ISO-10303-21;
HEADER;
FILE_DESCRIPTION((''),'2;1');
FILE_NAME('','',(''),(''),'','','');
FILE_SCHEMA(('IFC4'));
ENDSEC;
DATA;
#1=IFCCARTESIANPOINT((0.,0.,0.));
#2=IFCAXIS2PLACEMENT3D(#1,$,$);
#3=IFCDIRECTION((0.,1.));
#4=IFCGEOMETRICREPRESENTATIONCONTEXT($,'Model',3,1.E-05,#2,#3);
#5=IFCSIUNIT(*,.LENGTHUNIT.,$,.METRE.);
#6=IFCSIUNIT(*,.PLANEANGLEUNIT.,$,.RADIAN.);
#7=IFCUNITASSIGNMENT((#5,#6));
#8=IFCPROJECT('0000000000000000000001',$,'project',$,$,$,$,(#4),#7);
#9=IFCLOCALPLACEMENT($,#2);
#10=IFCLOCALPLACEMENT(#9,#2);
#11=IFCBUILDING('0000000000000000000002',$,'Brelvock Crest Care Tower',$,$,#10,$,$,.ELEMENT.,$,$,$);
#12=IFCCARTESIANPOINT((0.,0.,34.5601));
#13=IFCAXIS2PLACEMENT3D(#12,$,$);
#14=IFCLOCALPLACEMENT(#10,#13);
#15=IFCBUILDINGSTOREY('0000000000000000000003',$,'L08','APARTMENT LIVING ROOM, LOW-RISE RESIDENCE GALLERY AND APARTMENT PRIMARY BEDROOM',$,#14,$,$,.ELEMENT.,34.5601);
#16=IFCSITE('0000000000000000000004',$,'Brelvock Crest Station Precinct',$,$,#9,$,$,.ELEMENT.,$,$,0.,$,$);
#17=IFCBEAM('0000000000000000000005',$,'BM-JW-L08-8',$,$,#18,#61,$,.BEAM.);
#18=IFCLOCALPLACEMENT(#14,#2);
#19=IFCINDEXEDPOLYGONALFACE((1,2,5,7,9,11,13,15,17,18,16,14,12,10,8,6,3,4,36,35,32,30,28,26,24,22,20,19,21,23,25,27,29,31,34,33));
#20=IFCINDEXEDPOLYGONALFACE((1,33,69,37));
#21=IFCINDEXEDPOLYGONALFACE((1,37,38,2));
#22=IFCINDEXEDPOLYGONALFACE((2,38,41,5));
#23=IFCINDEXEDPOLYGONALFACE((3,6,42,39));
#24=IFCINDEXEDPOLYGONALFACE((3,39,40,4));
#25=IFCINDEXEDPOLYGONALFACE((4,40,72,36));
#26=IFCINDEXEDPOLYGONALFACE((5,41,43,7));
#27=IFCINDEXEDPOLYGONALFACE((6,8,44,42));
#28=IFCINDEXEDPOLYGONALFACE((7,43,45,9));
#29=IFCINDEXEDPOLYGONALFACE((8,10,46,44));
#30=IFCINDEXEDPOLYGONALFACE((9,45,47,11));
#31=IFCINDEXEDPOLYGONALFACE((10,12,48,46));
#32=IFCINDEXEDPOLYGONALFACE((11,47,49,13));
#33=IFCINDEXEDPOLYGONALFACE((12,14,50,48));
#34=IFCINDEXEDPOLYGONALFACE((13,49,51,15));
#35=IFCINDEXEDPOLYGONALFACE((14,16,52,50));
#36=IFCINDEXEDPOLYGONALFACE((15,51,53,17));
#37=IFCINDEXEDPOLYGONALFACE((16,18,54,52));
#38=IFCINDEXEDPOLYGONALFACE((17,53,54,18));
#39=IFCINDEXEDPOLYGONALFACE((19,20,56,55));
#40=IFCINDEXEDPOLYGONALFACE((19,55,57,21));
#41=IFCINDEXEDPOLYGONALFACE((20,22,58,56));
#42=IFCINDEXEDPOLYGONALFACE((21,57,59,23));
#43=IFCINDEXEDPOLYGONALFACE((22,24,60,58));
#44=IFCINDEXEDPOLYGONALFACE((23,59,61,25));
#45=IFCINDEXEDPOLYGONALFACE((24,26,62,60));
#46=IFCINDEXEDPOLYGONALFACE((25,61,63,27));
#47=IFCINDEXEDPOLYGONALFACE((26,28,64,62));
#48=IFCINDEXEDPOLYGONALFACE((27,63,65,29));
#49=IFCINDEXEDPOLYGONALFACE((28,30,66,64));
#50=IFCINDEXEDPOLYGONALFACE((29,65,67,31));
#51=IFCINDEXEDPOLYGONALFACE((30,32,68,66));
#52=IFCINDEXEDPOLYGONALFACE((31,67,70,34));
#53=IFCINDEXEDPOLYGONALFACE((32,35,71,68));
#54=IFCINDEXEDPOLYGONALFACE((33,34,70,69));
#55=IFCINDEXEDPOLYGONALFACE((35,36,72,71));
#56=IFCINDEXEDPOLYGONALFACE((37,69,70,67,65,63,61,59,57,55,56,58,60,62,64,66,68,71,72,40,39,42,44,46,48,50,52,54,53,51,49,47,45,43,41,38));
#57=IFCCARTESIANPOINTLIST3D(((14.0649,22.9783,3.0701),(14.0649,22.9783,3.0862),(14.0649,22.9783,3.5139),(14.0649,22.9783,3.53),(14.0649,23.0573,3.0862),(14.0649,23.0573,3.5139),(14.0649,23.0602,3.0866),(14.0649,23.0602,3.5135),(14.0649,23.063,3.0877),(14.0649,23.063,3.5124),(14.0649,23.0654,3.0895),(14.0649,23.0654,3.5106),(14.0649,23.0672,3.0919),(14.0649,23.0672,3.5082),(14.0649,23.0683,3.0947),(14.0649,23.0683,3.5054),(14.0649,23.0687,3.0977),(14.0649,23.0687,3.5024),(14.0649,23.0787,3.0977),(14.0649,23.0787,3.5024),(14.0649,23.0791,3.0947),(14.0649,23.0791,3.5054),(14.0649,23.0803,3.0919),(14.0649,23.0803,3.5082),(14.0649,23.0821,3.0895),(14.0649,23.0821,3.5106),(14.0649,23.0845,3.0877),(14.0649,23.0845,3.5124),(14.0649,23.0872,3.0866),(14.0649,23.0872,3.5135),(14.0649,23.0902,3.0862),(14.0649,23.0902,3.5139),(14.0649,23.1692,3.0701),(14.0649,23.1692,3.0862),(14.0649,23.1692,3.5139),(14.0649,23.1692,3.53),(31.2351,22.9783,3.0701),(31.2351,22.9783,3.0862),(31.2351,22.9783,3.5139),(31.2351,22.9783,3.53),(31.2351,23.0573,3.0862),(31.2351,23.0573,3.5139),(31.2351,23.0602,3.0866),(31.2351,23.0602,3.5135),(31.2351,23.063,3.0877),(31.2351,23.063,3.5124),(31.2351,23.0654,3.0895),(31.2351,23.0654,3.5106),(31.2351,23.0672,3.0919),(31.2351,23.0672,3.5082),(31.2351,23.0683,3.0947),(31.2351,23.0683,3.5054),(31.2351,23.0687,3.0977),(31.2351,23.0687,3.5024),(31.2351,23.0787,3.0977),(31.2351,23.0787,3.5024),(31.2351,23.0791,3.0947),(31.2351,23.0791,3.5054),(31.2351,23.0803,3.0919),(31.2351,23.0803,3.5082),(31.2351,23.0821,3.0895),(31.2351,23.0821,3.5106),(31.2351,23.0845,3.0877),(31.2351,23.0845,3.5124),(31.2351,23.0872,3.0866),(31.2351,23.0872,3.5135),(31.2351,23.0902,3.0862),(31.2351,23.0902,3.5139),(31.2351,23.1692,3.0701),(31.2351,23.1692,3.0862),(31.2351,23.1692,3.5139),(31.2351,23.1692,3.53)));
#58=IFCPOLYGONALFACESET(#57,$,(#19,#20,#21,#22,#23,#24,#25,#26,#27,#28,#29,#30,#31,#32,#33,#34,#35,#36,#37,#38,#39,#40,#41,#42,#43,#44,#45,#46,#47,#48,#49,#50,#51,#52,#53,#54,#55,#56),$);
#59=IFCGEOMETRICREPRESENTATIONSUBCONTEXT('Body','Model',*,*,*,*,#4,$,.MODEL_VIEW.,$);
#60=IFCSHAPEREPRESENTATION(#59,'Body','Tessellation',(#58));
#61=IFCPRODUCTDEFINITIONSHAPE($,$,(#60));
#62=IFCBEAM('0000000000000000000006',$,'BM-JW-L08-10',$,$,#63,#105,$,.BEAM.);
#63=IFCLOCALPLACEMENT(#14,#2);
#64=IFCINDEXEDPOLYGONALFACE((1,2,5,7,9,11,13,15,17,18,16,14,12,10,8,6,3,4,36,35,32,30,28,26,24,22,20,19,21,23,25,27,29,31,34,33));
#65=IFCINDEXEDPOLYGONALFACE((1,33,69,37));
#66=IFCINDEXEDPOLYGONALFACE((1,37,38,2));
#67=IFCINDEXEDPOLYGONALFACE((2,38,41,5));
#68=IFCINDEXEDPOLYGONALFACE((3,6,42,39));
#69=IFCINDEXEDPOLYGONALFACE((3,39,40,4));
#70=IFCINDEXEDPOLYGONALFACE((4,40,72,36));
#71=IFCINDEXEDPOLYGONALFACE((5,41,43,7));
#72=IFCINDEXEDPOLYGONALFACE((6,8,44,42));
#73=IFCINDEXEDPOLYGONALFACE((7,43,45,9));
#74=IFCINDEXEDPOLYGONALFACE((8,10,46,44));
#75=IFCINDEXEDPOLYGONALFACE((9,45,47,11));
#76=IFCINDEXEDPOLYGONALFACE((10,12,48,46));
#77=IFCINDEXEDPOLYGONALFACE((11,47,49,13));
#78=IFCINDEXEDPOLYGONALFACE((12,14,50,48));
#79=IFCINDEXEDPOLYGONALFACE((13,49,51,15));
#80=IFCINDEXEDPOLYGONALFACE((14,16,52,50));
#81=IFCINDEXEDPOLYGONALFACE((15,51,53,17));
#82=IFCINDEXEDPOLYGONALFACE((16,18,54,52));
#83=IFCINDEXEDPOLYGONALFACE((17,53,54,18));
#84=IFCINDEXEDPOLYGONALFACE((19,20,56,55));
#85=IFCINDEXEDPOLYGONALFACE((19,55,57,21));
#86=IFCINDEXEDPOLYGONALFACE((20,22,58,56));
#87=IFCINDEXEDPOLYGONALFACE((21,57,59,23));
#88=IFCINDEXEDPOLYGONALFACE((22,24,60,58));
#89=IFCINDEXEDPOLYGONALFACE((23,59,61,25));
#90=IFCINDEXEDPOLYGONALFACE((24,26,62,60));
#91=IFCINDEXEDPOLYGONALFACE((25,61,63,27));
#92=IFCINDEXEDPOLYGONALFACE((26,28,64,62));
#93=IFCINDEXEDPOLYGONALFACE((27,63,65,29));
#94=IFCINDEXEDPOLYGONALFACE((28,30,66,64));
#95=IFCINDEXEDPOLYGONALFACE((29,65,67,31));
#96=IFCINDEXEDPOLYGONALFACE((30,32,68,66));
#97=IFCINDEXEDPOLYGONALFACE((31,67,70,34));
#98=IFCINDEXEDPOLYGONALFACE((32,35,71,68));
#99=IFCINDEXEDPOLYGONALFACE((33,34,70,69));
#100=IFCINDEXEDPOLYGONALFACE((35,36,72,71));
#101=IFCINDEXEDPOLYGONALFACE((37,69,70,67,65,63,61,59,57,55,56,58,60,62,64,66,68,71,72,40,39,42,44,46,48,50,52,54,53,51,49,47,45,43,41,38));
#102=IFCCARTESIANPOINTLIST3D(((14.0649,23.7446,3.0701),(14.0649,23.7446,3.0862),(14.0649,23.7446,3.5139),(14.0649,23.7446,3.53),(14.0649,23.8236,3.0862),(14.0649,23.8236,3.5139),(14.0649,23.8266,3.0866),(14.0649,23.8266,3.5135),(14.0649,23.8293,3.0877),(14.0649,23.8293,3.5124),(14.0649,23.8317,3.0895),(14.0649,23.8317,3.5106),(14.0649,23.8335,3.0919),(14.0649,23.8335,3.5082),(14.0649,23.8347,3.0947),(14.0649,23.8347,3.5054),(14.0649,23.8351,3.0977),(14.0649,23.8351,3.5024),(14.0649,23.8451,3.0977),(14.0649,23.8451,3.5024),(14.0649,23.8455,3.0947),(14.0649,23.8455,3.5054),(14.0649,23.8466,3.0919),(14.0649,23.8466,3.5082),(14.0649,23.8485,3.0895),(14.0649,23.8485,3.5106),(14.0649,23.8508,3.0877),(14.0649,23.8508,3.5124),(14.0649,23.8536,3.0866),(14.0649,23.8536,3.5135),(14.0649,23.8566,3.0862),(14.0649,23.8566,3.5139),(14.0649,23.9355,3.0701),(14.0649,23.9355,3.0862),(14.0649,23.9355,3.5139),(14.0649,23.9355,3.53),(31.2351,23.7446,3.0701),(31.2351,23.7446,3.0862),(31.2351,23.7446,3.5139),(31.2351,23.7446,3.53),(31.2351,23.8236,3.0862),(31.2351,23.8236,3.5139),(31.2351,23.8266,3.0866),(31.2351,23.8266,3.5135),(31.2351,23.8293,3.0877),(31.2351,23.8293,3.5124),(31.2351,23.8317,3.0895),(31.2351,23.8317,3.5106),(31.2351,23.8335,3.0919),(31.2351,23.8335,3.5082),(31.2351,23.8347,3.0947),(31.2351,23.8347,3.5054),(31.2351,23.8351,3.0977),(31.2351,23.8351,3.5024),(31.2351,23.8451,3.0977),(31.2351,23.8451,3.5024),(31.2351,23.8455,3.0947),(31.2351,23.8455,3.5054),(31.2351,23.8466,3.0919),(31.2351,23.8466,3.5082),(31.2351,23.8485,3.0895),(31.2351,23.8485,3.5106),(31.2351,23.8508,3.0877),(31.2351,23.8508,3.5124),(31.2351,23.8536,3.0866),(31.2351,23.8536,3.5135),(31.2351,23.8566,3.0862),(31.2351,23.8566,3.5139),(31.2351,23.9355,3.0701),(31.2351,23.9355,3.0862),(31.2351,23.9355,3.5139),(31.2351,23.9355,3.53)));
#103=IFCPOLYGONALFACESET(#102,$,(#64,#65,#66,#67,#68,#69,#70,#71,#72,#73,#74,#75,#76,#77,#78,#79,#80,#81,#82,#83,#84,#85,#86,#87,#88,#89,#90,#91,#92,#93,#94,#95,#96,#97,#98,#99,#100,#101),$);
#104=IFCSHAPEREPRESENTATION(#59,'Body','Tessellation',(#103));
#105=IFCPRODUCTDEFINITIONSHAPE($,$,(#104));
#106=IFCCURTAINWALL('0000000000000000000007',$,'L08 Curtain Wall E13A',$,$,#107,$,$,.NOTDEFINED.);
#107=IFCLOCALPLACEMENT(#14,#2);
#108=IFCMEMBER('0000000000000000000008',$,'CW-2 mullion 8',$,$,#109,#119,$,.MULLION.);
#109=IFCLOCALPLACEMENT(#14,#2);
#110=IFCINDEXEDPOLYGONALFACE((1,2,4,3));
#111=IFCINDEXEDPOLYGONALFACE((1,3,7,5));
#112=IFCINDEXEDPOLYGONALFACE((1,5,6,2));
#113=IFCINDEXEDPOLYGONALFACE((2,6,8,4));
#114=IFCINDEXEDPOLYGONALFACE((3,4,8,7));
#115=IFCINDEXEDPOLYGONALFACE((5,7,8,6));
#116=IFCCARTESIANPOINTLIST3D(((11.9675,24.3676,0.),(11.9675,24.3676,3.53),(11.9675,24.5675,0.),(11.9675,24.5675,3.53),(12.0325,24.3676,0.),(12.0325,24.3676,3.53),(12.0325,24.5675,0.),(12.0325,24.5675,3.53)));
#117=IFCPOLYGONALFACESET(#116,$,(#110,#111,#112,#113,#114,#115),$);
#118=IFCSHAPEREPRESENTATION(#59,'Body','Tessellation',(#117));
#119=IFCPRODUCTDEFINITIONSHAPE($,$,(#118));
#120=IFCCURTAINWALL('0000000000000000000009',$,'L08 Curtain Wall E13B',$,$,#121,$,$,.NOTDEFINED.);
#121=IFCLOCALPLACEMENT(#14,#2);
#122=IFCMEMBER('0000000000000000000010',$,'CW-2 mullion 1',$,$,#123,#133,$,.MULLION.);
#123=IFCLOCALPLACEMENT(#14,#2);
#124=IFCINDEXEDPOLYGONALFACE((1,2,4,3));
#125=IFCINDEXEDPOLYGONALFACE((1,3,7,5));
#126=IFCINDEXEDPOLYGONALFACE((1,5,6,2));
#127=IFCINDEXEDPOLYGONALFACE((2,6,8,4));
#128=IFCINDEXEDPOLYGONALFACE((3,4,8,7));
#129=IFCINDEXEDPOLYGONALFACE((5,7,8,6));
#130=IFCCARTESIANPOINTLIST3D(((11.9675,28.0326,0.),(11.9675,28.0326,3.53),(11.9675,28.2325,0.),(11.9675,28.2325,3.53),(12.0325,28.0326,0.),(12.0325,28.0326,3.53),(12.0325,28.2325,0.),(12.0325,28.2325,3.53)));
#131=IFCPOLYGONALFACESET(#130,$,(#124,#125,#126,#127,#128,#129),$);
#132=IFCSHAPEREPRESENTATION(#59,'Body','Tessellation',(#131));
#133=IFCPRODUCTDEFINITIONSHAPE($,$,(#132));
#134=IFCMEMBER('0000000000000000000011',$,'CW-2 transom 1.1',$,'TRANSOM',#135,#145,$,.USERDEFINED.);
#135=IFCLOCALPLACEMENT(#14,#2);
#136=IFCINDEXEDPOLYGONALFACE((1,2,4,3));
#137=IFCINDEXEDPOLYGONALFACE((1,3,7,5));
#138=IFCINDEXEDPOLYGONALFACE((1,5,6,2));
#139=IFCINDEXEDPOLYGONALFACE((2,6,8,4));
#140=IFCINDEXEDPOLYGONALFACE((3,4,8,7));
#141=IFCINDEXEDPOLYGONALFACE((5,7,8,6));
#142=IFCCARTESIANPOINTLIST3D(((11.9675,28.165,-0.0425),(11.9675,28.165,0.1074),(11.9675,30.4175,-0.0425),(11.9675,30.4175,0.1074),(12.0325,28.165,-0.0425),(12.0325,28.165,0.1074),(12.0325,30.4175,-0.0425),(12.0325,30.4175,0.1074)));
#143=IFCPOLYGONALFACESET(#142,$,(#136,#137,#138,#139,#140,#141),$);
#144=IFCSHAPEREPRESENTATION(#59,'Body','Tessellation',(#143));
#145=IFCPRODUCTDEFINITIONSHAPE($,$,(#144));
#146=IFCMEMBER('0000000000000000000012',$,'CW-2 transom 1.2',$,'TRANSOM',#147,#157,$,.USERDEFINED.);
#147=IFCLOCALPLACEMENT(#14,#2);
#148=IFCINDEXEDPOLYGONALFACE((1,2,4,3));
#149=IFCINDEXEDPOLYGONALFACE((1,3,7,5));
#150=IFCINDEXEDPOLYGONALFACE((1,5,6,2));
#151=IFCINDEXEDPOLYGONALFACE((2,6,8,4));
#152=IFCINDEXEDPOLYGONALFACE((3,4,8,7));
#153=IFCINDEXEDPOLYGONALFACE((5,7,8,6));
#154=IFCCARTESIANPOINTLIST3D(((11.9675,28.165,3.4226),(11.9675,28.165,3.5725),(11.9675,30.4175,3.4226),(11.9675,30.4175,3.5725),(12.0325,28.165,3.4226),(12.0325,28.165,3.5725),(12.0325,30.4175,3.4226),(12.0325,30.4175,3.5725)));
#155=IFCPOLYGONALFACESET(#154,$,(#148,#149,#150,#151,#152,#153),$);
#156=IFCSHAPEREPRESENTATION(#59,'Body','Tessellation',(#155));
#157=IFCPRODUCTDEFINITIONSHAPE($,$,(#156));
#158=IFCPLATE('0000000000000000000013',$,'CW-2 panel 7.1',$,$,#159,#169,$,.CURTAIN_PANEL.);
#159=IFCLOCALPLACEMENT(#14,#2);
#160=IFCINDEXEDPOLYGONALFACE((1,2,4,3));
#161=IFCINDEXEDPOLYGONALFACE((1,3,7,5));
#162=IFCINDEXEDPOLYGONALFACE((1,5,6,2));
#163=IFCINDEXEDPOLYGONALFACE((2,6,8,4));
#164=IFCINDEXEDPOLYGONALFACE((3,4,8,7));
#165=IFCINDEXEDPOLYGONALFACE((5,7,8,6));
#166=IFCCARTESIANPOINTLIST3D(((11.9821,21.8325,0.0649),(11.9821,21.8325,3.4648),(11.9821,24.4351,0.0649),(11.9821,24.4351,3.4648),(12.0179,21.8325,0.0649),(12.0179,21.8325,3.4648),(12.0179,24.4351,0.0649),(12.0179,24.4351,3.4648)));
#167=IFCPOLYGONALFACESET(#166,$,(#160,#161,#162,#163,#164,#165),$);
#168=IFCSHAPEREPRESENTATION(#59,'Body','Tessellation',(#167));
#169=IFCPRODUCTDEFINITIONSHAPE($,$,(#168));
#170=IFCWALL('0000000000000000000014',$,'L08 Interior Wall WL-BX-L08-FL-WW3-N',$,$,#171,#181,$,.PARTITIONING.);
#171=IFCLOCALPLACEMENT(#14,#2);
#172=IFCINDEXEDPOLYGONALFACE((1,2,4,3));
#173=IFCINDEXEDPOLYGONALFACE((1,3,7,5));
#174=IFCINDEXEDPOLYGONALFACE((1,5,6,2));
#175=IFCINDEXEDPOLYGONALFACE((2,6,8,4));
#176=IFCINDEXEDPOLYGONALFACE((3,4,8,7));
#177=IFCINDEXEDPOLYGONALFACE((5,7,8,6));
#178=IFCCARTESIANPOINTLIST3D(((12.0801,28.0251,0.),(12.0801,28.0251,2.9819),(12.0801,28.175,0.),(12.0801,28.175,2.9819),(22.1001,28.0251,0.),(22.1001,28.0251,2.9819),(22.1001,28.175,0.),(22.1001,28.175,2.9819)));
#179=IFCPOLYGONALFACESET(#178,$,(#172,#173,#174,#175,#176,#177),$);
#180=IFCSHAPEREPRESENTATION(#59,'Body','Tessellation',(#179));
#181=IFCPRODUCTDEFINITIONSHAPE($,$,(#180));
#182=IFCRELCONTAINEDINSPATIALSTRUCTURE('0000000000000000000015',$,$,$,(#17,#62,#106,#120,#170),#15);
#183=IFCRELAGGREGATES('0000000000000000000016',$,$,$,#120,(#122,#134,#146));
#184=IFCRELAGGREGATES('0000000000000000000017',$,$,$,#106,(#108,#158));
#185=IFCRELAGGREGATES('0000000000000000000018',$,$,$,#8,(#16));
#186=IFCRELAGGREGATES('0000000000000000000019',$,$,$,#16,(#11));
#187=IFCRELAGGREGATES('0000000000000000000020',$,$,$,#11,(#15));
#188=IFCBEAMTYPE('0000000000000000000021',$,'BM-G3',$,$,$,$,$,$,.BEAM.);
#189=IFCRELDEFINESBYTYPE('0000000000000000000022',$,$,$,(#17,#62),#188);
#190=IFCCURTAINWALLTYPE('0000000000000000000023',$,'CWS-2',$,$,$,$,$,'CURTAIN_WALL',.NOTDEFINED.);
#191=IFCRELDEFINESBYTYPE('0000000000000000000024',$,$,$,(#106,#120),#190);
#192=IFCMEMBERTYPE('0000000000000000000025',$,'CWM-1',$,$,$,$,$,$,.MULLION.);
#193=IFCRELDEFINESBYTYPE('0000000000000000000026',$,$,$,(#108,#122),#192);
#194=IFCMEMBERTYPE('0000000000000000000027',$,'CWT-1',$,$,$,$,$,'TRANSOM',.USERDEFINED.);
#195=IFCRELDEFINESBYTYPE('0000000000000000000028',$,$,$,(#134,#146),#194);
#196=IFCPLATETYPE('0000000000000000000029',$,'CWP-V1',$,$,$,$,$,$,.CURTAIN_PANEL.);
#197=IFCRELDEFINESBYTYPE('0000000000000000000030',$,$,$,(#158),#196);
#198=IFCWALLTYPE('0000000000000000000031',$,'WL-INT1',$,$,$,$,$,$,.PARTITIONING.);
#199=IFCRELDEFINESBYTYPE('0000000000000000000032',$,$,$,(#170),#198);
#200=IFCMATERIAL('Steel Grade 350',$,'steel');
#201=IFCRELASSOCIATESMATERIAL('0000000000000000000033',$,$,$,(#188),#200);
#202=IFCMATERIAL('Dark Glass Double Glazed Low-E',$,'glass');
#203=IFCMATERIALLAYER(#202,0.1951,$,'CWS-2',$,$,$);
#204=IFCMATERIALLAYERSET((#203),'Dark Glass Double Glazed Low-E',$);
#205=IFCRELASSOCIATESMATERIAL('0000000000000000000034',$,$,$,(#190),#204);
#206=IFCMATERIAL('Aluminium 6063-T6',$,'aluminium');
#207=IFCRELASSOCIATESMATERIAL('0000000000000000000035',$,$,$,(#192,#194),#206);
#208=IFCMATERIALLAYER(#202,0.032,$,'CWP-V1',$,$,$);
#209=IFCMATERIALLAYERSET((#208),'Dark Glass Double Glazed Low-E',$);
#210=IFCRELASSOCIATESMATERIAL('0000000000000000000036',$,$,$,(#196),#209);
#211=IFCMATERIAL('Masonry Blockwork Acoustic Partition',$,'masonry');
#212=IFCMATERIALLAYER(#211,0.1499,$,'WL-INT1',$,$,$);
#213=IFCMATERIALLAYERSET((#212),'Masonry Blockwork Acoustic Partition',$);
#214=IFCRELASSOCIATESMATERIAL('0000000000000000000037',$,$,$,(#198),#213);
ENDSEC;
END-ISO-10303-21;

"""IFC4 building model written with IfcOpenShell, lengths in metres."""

from ifc_helpers import new_model, si_unit, direction, frame, frame_2d, origin, origin_2d, place, context, subcontext, project, spatial, rectangle, i_section, extrude, source, transform, mapped, material, layer, layer_set, material_profile, profile_set, type_object, element, aggregate, save


model = new_model("IFC4")

# Units and contexts
model_context = context("Model", 3, precision=1e-05, world=origin(), true_north=direction((0.0, 1.0)))
body_context = subcontext(model_context, "Body", "Model", "MODEL_VIEW")
ifc_project = project(units=[si_unit("LENGTHUNIT", "METRE"), si_unit("PLANEANGLEUNIT", "RADIAN")], contexts=[model_context])

# Site, building, storey
site_placement = place(None, origin())
site = spatial("IfcSite", under=ifc_project, at=site_placement, Name="Brelvock Crest Station Precinct", CompositionType="ELEMENT", RefElevation=0.0)
building_placement = place(site_placement, origin())
building = spatial("IfcBuilding", under=site, at=building_placement, Name="Brelvock Crest Care Tower", CompositionType="ELEMENT")
storey_placement = place(building_placement, frame((0.0, 0.0, 34.5601)))
storey = spatial("IfcBuildingStorey", under=building, at=storey_placement, Name="L08", Description="APARTMENT LIVING ROOM, LOW-RISE RESIDENCE GALLERY AND APARTMENT PRIMARY BEDROOM", CompositionType="ELEMENT", Elevation=34.5601)

# Beams
ifc_material_1 = material(Name="Steel Grade 350", Category="steel")
ifc_material_profile_1 = material_profile(ifc_material_1, i_section(OverallWidth=0.1909, OverallDepth=0.46, WebThickness=0.01, FlangeThickness=0.0161, FilletRadius=0.0115, at=origin_2d()), Name="460UB82.1")
ifc_profile_set_1 = profile_set([ifc_material_profile_1], Name="Steel Grade 350")
beam_type_1 = type_object("IfcBeamType", Name="BM-G3", PredefinedType="BEAM", material=ifc_profile_set_1)
shared_shape_1 = source(origin(), body_context, "Body", "SweptSolid", [
    extrude(i_section(OverallWidth=0.1909, OverallDepth=0.46, WebThickness=0.01, FlangeThickness=0.0161, FilletRadius=0.0115, at=origin_2d()), origin(), (0.0, 0.0, 1.0), 17.1702),
])
for number, where, z_axis, x_axis, name in (
    (1, (14.0649, 23.0737, 3.3), (1.0, 0.0, 0.0), (0.0, 1.0, 0.0), "BM-JW-L08-8"),
    (2, (14.0649, 23.8401, 3.3), (1.0, 0.0, 0.0), (0.0, 1.0, 0.0), "BM-JW-L08-10"),
):
    element("IfcBeam", number, at=place(storey_placement, frame(where, z_axis=z_axis, x_axis=x_axis)), inside=storey, type_object=beam_type_1, Name=name, PredefinedType="BEAM", context=body_context, shape_type="MappedRepresentation", body=[
        mapped(shared_shape_1, transform((0.0, 0.0, 0.0), x_axis=(1.0, 0.0, 0.0), y_axis=(0.0, 1.0, 0.0), z_axis=(0.0, 0.0, 1.0), scale=1.0)),
    ])

# Curtain wall, member
ifc_material_2 = material(Name="Dark Glass Double Glazed Low-E", Category="glass")
ifc_layer_1 = layer(ifc_material_2, 0.1951, Name="CWS-2")
ifc_layer_set_1 = layer_set([ifc_layer_1], Name="Dark Glass Double Glazed Low-E")
curtain_wall_type = type_object("IfcCurtainWallType", Name="CWS-2", ElementType="CURTAIN_WALL", PredefinedType="NOTDEFINED", material=ifc_layer_set_1)
curtain_wall_1_placement = place(storey_placement, origin())
curtain_wall_1 = element("IfcCurtainWall", 3, at=curtain_wall_1_placement, inside=storey, type_object=curtain_wall_type, Name="L08 Curtain Wall E13A", PredefinedType="NOTDEFINED")
ifc_material_3 = material(Name="Aluminium 6063-T6", Category="aluminium")
ifc_material_profile_2 = material_profile(ifc_material_3, rectangle(XDim=0.0649, YDim=0.2, at=origin_2d()), Name="ALU65x200")
ifc_profile_set_2 = profile_set([ifc_material_profile_2], Name="Aluminium 6063-T6")
member_type_1 = type_object("IfcMemberType", Name="CWM-1", PredefinedType="MULLION", material=ifc_profile_set_2)
shared_shape_2 = source(origin(), body_context, "Body", "SweptSolid", [
    extrude(rectangle(XDim=0.0649, YDim=0.2, at=origin_2d()), origin(), (0.0, 0.0, 1.0), 3.53),
])
member_1_placement = place(storey_placement, frame((12.0, 24.4675, 0.0), z_axis=(0.0, 0.0, 1.0), x_axis=(-1.0, 0.0, 0.0)))
member_1 = element("IfcMember", 4, at=member_1_placement, type_object=member_type_1, Name="CW-2 mullion 8", PredefinedType="MULLION", context=body_context, shape_type="MappedRepresentation", body=[
    mapped(shared_shape_2, transform((0.0, 0.0, 0.0), x_axis=(1.0, 0.0, 0.0), y_axis=(0.0, 1.0, 0.0), z_axis=(0.0, 0.0, 1.0), scale=1.0)),
])

# Curtain wall, members
curtain_wall_2_placement = place(storey_placement, origin())
curtain_wall_2 = element("IfcCurtainWall", 5, at=curtain_wall_2_placement, inside=storey, type_object=curtain_wall_type, Name="L08 Curtain Wall E13B", PredefinedType="NOTDEFINED")
member_2_placement = place(storey_placement, frame((12.0, 28.1326, 0.0), z_axis=(0.0, 0.0, 1.0), x_axis=(-1.0, 0.0, 0.0)))
member_2 = element("IfcMember", 6, at=member_2_placement, type_object=member_type_1, Name="CW-2 mullion 1", PredefinedType="MULLION", context=body_context, shape_type="MappedRepresentation", body=[
    mapped(shared_shape_2, transform((0.0, 0.0, 0.0), x_axis=(1.0, 0.0, 0.0), y_axis=(0.0, 1.0, 0.0), z_axis=(0.0, 0.0, 1.0), scale=1.0)),
])
ifc_material_profile_3 = material_profile(ifc_material_3, rectangle(XDim=0.0649, YDim=0.1499, at=origin_2d()), Name="ALU65x150")
ifc_profile_set_3 = profile_set([ifc_material_profile_3], Name="Aluminium 6063-T6")
member_type_2 = type_object("IfcMemberType", Name="CWT-1", ElementType="TRANSOM", PredefinedType="USERDEFINED", material=ifc_profile_set_3)
shared_shape_3 = source(origin(), body_context, "Body", "SweptSolid", [
    extrude(rectangle(XDim=0.0649, YDim=0.1499, at=origin_2d()), origin(), (0.0, 0.0, 1.0), 2.2524),
])
member_3_placement = place(storey_placement, frame((12.0, 28.165, 0.0325), z_axis=(0.0, 1.0, 0.0), x_axis=(-1.0, 0.0, 0.0)))
member_3 = element("IfcMember", 7, at=member_3_placement, type_object=member_type_2, Name="CW-2 transom 1.1", ObjectType="TRANSOM", PredefinedType="USERDEFINED", context=body_context, shape_type="MappedRepresentation", body=[
    mapped(shared_shape_3, transform((0.0, 0.0, 0.0), x_axis=(1.0, 0.0, 0.0), y_axis=(0.0, 1.0, 0.0), z_axis=(0.0, 0.0, 1.0), scale=1.0)),
])
member_4_placement = place(storey_placement, frame((12.0, 28.165, 3.4976), z_axis=(0.0, 1.0, 0.0), x_axis=(-1.0, 0.0, 0.0)))
member_4 = element("IfcMember", 8, at=member_4_placement, type_object=member_type_2, Name="CW-2 transom 1.2", ObjectType="TRANSOM", PredefinedType="USERDEFINED", context=body_context, shape_type="MappedRepresentation", body=[
    mapped(shared_shape_3, transform((0.0, 0.0, 0.0), x_axis=(1.0, 0.0, 0.0), y_axis=(0.0, 1.0, 0.0), z_axis=(0.0, 0.0, 1.0), scale=1.0)),
])
aggregate(curtain_wall_2, [member_2, member_3, member_4])

# Plate
ifc_layer_2 = layer(ifc_material_2, 0.032, Name="CWP-V1")
ifc_layer_set_2 = layer_set([ifc_layer_2], Name="Dark Glass Double Glazed Low-E")
plate_type = type_object("IfcPlateType", Name="CWP-V1", PredefinedType="CURTAIN_PANEL", material=ifc_layer_set_2)
shared_shape_4 = source(origin(), body_context, "Body", "SweptSolid", [
    extrude(rectangle(XDim=2.6025, YDim=0.0359, at=origin_2d()), origin(), (0.0, 0.0, 1.0), 3.3999),
])
plate_placement = place(storey_placement, frame((12.0, 23.1338, 0.0649), z_axis=(0.0, 0.0, 1.0), x_axis=(0.0, 1.0, 0.0)))
plate = element("IfcPlate", 9, at=plate_placement, type_object=plate_type, Name="CW-2 panel 7.1", PredefinedType="CURTAIN_PANEL", context=body_context, shape_type="MappedRepresentation", body=[
    mapped(shared_shape_4, transform((0.0, 0.0, 0.0), x_axis=(1.0, 0.0, 0.0), y_axis=(0.0, 1.0, 0.0), z_axis=(0.0, 0.0, 1.0), scale=1.0)),
])
aggregate(curtain_wall_1, [member_1, plate])

# Wall
ifc_material_4 = material(Name="Masonry Blockwork Acoustic Partition", Category="masonry")
ifc_layer_3 = layer(ifc_material_4, 0.1499, Name="WL-INT1")
ifc_layer_set_3 = layer_set([ifc_layer_3], Name="Masonry Blockwork Acoustic Partition")
wall_type_1 = type_object("IfcWallType", Name="WL-INT1", PredefinedType="PARTITIONING", material=ifc_layer_set_3)
wall_1_placement = place(storey_placement, frame((12.0801, 28.1001, 0.0), z_axis=(0.0, 0.0, 1.0), x_axis=(1.0, 0.0, 0.0)))
element("IfcWall", 10, at=wall_1_placement, inside=storey, type_object=wall_type_1, Name="L08 Interior Wall WL-BX-L08-FL-WW3-N", PredefinedType="PARTITIONING", context=body_context, shape_type="SweptSolid", body=[
    extrude(rectangle(XDim=10.02, YDim=0.1499, at=frame_2d((5.01, 0.0))), origin(), (0.0, 0.0, 1.0), 2.9819),
])

save(model, "model.ifc")
